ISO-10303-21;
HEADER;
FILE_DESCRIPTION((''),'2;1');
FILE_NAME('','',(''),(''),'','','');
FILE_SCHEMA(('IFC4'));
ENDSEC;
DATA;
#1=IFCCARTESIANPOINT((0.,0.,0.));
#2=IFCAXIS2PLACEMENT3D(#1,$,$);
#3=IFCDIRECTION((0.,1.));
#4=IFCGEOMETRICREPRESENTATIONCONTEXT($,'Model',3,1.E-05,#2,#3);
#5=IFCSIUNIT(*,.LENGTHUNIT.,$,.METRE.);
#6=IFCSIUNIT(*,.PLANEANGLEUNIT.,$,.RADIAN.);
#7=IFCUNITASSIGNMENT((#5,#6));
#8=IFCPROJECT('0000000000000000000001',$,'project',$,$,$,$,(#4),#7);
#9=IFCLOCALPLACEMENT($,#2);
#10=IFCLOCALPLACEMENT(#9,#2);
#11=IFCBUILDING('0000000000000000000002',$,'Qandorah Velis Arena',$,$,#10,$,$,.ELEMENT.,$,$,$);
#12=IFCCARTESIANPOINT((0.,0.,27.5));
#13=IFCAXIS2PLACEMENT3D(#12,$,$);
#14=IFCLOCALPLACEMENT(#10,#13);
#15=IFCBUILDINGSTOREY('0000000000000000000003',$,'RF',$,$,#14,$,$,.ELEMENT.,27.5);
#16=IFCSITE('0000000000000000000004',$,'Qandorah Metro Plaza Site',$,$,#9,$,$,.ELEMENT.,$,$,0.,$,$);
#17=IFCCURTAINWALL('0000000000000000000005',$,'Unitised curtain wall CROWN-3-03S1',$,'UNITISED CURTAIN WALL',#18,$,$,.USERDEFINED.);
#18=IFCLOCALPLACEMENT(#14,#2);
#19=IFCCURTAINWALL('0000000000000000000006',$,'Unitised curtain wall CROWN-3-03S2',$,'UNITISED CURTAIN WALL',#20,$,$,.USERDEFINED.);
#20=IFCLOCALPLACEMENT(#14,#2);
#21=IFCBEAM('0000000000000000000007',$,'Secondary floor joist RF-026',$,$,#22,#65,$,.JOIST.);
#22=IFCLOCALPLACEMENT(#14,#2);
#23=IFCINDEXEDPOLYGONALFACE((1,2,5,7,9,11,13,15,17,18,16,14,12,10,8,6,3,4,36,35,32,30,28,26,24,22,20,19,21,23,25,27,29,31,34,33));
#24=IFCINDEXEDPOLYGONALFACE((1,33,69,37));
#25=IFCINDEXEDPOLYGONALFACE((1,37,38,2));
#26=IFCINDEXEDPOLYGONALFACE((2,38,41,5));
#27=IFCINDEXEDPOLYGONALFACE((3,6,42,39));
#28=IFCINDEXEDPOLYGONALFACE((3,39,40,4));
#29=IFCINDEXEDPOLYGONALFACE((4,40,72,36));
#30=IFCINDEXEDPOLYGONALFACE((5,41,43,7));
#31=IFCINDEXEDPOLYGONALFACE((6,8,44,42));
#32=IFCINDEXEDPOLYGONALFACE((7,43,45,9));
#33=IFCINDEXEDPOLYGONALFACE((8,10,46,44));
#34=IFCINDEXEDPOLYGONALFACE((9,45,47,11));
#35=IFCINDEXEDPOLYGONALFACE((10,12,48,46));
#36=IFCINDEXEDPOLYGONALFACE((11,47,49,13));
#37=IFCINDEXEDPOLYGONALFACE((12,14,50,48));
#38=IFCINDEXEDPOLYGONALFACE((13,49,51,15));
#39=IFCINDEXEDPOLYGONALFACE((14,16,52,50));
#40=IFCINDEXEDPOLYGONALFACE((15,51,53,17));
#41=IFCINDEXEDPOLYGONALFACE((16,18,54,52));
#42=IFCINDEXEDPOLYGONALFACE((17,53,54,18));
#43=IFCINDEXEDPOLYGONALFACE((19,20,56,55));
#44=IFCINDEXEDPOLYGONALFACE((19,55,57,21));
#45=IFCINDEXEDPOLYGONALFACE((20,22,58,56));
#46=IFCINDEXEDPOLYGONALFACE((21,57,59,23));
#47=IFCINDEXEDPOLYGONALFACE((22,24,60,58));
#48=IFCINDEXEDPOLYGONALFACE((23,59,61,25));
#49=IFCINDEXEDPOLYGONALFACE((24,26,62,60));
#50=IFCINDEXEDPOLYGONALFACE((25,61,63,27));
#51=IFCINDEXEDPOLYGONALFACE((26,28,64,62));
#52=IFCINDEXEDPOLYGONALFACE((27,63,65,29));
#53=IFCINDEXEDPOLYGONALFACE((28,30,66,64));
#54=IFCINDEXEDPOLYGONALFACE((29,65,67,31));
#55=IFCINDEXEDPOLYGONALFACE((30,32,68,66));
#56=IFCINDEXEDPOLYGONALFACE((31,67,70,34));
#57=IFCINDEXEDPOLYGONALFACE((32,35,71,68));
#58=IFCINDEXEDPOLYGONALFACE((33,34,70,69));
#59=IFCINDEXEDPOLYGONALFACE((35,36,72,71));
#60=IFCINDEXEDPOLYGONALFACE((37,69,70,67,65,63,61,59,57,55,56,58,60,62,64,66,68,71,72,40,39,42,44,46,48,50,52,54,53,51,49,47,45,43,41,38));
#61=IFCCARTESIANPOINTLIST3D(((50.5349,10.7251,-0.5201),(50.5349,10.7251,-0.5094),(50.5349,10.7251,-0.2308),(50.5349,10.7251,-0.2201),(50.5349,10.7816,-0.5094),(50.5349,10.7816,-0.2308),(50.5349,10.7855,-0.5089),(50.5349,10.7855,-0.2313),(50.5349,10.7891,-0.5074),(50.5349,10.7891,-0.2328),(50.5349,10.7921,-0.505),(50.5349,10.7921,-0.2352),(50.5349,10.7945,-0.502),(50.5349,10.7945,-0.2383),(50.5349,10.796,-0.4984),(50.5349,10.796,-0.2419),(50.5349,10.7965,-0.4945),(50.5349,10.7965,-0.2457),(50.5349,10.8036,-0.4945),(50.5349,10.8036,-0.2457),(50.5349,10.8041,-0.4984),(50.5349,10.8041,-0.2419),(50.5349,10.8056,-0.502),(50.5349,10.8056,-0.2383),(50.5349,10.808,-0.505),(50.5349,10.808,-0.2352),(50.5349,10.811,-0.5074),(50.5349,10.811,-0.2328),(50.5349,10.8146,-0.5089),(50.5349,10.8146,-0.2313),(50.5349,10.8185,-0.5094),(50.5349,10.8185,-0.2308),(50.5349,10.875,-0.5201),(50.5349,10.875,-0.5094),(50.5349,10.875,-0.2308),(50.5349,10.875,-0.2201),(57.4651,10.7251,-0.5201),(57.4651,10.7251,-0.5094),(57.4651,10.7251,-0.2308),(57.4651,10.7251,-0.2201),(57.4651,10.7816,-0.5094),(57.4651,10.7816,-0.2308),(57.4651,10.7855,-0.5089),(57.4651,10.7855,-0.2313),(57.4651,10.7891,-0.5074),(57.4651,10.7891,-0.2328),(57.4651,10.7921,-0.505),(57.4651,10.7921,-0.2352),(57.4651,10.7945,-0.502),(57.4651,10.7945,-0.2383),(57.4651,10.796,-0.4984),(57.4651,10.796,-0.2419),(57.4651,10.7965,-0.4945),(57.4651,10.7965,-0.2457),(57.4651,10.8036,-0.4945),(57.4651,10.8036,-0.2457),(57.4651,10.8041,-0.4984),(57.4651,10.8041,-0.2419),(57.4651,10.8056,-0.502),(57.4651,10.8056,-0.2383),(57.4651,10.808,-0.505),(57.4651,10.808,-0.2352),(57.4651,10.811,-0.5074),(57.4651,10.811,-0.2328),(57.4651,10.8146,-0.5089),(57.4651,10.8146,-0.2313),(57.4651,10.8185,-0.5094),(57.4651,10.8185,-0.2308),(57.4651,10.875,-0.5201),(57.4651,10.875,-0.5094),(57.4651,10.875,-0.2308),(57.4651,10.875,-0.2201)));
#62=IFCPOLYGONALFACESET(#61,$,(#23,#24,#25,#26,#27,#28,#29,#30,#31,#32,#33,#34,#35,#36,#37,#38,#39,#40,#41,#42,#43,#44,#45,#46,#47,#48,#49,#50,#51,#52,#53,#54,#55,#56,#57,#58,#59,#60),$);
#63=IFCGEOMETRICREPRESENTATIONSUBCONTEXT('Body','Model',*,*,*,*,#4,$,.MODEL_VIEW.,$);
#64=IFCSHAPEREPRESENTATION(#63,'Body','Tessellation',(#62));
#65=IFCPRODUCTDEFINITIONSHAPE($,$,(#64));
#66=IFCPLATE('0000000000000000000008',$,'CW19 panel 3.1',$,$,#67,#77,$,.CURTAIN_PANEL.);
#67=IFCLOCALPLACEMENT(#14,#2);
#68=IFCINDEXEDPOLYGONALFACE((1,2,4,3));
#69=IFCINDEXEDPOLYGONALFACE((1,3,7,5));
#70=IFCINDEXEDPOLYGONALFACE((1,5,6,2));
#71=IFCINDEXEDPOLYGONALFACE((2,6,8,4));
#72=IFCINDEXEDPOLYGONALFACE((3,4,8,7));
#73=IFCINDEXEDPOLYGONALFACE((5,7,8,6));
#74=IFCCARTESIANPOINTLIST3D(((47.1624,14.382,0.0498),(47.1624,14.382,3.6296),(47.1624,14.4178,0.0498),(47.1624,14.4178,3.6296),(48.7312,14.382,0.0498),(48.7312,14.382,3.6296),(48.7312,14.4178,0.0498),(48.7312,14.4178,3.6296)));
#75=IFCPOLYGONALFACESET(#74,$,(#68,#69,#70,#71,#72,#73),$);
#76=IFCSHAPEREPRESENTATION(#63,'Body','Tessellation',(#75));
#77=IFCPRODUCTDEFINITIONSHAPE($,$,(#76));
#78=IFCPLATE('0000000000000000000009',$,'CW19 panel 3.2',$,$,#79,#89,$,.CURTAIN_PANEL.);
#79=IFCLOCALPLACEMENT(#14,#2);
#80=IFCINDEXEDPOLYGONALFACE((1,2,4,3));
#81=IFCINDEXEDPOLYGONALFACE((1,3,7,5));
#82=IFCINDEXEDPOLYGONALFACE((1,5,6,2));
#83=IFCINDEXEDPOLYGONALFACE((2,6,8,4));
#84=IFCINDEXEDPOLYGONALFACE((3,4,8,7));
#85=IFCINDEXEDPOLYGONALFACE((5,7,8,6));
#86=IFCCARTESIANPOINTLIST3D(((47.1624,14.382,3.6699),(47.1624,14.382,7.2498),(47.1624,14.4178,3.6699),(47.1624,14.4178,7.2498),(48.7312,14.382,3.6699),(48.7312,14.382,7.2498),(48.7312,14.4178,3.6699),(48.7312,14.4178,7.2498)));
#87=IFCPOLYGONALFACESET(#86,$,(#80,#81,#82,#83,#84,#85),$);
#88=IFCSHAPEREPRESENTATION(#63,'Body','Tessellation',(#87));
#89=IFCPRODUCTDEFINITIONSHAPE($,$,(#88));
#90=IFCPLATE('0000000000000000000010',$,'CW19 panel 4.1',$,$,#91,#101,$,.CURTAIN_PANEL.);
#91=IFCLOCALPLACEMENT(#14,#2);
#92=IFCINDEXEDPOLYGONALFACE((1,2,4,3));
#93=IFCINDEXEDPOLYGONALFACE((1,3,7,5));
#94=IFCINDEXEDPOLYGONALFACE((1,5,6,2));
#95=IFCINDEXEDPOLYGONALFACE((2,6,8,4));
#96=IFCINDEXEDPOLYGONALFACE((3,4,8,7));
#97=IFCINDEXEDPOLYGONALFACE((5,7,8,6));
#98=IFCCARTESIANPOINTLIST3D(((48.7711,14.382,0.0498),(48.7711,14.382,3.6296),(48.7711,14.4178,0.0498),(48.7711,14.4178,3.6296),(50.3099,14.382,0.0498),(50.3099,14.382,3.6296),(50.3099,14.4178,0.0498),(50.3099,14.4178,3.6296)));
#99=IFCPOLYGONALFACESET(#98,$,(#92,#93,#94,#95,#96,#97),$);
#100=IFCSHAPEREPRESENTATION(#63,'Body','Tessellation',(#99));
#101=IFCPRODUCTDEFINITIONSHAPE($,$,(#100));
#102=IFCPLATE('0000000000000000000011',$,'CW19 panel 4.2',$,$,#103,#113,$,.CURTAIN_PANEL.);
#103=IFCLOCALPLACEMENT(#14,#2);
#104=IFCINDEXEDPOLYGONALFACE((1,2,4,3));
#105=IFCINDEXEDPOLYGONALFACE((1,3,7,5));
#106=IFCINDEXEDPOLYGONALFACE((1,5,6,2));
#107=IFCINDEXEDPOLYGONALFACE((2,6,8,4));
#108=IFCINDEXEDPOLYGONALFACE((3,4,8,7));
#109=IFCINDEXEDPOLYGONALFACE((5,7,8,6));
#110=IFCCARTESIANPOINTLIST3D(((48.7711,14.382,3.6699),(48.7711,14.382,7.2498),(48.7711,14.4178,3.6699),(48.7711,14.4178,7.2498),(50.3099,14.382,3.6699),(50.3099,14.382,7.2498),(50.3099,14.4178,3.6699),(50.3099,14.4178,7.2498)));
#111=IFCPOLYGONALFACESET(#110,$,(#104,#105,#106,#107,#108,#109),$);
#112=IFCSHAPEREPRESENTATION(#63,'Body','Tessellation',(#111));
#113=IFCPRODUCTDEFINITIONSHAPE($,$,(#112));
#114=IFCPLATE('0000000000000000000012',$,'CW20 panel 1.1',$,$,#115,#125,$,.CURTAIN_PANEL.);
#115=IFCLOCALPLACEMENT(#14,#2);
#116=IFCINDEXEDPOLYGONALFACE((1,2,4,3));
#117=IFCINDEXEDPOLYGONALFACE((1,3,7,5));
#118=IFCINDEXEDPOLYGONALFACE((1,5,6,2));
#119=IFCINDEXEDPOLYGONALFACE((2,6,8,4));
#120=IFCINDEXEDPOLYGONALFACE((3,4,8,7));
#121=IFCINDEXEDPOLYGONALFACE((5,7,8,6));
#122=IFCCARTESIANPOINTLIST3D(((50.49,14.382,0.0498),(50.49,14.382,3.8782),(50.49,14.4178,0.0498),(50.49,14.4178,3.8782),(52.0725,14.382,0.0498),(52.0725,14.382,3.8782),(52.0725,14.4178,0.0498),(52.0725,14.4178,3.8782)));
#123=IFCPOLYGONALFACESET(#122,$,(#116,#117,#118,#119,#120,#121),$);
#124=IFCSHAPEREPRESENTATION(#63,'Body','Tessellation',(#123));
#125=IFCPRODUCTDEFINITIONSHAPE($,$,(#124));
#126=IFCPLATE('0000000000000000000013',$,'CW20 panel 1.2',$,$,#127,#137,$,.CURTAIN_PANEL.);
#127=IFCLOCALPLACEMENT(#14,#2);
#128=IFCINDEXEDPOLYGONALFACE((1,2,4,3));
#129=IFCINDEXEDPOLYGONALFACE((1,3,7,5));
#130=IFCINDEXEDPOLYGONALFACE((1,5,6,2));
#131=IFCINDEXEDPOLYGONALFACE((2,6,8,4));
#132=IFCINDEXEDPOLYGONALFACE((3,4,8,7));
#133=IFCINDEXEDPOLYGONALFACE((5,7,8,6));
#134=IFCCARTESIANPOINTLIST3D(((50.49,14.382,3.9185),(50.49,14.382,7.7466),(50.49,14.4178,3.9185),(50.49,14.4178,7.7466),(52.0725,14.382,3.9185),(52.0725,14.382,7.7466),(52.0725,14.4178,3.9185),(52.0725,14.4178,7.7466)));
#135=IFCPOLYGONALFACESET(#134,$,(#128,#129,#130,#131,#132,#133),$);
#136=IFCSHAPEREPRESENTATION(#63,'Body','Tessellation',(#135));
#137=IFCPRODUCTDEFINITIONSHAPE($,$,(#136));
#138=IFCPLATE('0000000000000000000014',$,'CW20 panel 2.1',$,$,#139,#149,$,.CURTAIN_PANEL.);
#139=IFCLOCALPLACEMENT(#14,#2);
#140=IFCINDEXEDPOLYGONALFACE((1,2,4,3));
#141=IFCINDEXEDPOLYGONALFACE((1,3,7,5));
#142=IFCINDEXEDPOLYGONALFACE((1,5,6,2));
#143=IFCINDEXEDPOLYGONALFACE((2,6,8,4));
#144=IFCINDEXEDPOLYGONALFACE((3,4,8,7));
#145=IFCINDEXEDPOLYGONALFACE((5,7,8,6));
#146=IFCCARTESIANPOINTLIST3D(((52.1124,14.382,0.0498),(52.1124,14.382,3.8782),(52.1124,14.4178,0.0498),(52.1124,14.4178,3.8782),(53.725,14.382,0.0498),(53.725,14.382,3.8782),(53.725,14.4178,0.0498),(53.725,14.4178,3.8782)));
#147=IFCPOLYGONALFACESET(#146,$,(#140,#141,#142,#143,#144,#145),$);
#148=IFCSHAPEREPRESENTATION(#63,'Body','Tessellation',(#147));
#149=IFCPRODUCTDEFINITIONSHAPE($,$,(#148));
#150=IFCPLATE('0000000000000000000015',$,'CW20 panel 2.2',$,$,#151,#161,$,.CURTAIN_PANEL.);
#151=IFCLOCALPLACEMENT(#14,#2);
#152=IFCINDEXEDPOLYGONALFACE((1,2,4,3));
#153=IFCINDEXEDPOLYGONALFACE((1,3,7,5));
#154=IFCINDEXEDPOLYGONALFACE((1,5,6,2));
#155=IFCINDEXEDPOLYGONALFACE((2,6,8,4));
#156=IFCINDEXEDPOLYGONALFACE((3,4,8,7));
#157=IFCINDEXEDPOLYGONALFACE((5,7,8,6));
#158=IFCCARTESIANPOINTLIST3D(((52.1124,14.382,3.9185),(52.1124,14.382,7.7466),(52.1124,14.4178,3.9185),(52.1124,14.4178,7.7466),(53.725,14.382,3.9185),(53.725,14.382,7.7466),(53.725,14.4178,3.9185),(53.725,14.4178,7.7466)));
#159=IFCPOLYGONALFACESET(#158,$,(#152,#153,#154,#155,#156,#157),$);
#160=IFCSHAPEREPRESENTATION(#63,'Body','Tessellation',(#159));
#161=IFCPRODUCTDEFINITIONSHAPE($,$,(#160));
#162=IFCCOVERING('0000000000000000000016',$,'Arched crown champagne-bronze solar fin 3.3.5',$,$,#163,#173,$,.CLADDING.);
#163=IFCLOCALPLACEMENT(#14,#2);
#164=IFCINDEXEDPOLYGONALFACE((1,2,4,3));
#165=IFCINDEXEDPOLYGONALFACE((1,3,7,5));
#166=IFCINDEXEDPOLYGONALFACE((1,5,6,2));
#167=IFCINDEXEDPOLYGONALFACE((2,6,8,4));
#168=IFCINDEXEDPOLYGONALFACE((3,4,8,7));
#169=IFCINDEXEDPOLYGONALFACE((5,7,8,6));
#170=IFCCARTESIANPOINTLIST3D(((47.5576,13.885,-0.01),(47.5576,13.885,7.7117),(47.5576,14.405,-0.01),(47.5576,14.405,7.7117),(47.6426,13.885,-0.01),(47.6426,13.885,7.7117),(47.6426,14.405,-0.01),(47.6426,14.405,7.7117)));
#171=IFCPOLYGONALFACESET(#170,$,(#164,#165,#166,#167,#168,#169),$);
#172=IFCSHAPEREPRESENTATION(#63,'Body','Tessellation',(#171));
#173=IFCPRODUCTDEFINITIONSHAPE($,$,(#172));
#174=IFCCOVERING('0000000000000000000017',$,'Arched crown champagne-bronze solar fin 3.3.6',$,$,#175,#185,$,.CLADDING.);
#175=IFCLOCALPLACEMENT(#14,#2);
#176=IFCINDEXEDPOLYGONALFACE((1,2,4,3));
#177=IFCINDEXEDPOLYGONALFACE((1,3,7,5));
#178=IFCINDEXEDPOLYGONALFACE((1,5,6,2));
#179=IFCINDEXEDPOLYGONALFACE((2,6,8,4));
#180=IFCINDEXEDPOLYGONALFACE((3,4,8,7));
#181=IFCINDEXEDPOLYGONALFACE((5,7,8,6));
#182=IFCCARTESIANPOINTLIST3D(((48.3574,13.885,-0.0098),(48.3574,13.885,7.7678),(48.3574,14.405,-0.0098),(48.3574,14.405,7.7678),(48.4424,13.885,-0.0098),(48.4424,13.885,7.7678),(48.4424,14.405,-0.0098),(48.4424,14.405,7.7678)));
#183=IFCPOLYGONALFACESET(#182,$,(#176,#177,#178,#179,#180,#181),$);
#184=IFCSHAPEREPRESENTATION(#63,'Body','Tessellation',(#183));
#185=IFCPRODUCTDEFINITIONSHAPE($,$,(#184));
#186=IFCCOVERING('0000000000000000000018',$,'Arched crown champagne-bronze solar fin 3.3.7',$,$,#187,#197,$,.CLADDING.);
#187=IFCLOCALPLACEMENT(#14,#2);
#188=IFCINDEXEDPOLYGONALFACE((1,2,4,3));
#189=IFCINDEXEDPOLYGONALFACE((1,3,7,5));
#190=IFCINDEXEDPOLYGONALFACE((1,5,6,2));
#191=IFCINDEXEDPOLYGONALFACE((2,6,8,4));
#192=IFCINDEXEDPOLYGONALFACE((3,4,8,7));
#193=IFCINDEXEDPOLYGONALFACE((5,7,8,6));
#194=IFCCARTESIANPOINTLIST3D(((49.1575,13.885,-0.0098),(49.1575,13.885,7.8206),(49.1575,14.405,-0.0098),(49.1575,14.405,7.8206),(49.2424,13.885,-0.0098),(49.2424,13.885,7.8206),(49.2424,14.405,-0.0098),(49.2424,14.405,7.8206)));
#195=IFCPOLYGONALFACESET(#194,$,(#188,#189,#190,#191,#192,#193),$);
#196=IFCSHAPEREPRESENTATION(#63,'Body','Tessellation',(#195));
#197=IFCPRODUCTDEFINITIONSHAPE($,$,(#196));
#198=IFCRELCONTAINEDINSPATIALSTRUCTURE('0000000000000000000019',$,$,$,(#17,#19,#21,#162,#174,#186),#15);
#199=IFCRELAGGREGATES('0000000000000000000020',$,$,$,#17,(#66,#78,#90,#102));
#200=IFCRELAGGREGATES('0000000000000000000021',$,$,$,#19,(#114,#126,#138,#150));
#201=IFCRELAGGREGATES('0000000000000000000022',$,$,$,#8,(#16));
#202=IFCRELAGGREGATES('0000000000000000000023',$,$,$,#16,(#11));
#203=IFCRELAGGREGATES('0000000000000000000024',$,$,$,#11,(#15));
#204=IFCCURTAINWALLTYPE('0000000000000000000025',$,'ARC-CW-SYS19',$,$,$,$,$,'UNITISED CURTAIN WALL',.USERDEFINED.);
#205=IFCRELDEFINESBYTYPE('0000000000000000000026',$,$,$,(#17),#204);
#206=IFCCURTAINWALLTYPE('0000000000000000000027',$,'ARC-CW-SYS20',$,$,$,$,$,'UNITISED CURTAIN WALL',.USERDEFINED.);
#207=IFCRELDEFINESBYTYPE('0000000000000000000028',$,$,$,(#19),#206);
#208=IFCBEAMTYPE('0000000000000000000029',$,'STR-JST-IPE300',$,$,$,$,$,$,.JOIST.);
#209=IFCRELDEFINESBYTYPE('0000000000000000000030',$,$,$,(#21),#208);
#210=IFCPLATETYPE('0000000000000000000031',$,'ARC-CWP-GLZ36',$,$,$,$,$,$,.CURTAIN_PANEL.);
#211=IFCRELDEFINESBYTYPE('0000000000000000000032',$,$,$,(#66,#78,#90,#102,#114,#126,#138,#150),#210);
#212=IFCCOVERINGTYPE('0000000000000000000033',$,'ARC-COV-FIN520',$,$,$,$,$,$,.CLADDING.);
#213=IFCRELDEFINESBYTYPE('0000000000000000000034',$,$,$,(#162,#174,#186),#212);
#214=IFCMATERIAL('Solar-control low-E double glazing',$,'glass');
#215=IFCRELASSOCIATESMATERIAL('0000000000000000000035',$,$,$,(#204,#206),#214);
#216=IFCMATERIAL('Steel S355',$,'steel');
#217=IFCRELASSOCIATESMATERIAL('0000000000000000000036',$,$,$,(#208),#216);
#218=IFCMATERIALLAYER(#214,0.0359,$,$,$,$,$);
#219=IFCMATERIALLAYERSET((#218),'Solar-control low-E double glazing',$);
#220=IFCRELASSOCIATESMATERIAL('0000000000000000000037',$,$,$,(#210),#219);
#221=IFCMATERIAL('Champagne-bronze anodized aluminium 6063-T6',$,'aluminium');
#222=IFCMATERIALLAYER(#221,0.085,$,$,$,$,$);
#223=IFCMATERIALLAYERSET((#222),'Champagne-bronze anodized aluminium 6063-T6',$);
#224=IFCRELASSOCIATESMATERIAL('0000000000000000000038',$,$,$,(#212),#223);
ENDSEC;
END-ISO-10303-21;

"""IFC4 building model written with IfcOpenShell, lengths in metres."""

from ifc_helpers import new_model, si_unit, direction, frame, origin, origin_2d, place, context, subcontext, project, spatial, rectangle, i_section, extrude, material, layer, layer_set, material_profile, profile_set, type_object, element, aggregate, save


model = new_model("IFC4")

# Units and contexts
model_context = context("Model", 3, precision=1e-05, world=origin(), true_north=direction((0.0, 1.0)))
body_context = subcontext(model_context, "Body", "Model", "MODEL_VIEW")
ifc_project = project(units=[si_unit("LENGTHUNIT", "METRE"), si_unit("PLANEANGLEUNIT", "RADIAN")], contexts=[model_context])

# Site, building, storey
site_placement = place(None, origin())
site = spatial("IfcSite", under=ifc_project, at=site_placement, Name="Qandorah Metro Plaza Site", CompositionType="ELEMENT", RefElevation=0.0)
building_placement = place(site_placement, origin())
building = spatial("IfcBuilding", under=site, at=building_placement, Name="Qandorah Velis Arena", CompositionType="ELEMENT")
storey_placement = place(building_placement, frame((0.0, 0.0, 27.5)))
storey = spatial("IfcBuildingStorey", under=building, at=storey_placement, Name="RF", CompositionType="ELEMENT", Elevation=27.5)

# Curtain walls
ifc_material_1 = material(Name="Solar-control low-E double glazing", Category="glass")
curtain_wall_type_1 = type_object("IfcCurtainWallType", Name="ARC-CW-SYS19", ElementType="UNITISED CURTAIN WALL", PredefinedType="USERDEFINED", material=ifc_material_1)
curtain_wall_1_placement = place(storey_placement, origin())
curtain_wall_1 = element("IfcCurtainWall", 1, at=curtain_wall_1_placement, inside=storey, type_object=curtain_wall_type_1, Name="Unitised curtain wall CROWN-3-03S1", ObjectType="UNITISED CURTAIN WALL", PredefinedType="USERDEFINED")
ifc_material_2 = material(Name="Champagne-bronze anodized aluminium 6063-T6", Category="aluminium")
curtain_wall_type_2 = type_object("IfcCurtainWallType", Name="ARC-CW-SYS20", ElementType="UNITISED CURTAIN WALL", PredefinedType="USERDEFINED", material=ifc_material_1)
curtain_wall_2_placement = place(storey_placement, origin())
curtain_wall_2 = element("IfcCurtainWall", 2, at=curtain_wall_2_placement, inside=storey, type_object=curtain_wall_type_2, Name="Unitised curtain wall CROWN-3-03S2", ObjectType="UNITISED CURTAIN WALL", PredefinedType="USERDEFINED")

# Beam
ifc_material_3 = material(Name="Steel S355", Category="steel")
ifc_material_profile_1 = material_profile(ifc_material_3, i_section(OverallWidth=0.1499, OverallDepth=0.3, WebThickness=0.0071, FlangeThickness=0.0107, FilletRadius=0.0149, at=origin_2d()), Name="IPE 300")
ifc_profile_set_1 = profile_set([ifc_material_profile_1], Name="Steel S355")
beam_type_1 = type_object("IfcBeamType", Name="STR-JST-IPE300", PredefinedType="JOIST", material=ifc_profile_set_1)
for number, where, z_axis, x_axis, name in (
    (3, (50.5349, 10.8, -0.3701), (1.0, 0.0, 0.0), (0.0, 1.0, 0.0), "Secondary floor joist RF-026"),
):
    element("IfcBeam", number, at=place(storey_placement, frame(where, z_axis=z_axis, x_axis=x_axis)), inside=storey, type_object=beam_type_1, Name=name, PredefinedType="JOIST", context=body_context, shape_type="SweptSolid", body=[
        extrude(i_section(OverallWidth=0.1499, OverallDepth=0.3, WebThickness=0.0071, FlangeThickness=0.0107, FilletRadius=0.0149, at=origin_2d()), origin(), (0.0, 0.0, 1.0), 6.9302),
    ])

# Plates
ifc_layer_1 = layer(ifc_material_1, 0.0359)
ifc_layer_set_1 = layer_set([ifc_layer_1], Name="Solar-control low-E double glazing")
plate_type = type_object("IfcPlateType", Name="ARC-CWP-GLZ36", PredefinedType="CURTAIN_PANEL", material=ifc_layer_set_1)
plate_1_placement = place(storey_placement, frame((47.9468, 14.3999, 0.0498), z_axis=(0.0, 0.0, 1.0), x_axis=(1.0, 0.0, 0.0)))
plate_1 = element("IfcPlate", 4, at=plate_1_placement, type_object=plate_type, Name="CW19 panel 3.1", PredefinedType="CURTAIN_PANEL", context=body_context, shape_type="SweptSolid", body=[
    extrude(rectangle(XDim=1.5688, YDim=0.0359, at=origin_2d()), origin(), (0.0, 0.0, 1.0), 3.5798),
])
plate_2_placement = place(storey_placement, frame((47.9468, 14.3999, 3.6699), z_axis=(0.0, 0.0, 1.0), x_axis=(1.0, 0.0, 0.0)))
plate_2 = element("IfcPlate", 5, at=plate_2_placement, type_object=plate_type, Name="CW19 panel 3.2", PredefinedType="CURTAIN_PANEL", context=body_context, shape_type="SweptSolid", body=[
    extrude(rectangle(XDim=1.5688, YDim=0.0359, at=origin_2d()), origin(), (0.0, 0.0, 1.0), 3.5798),
])
plate_3_placement = place(storey_placement, frame((49.5405, 14.3999, 0.0498), z_axis=(0.0, 0.0, 1.0), x_axis=(1.0, 0.0, 0.0)))
plate_3 = element("IfcPlate", 6, at=plate_3_placement, type_object=plate_type, Name="CW19 panel 4.1", PredefinedType="CURTAIN_PANEL", context=body_context, shape_type="SweptSolid", body=[
    extrude(rectangle(XDim=1.5388, YDim=0.0359, at=origin_2d()), origin(), (0.0, 0.0, 1.0), 3.5798),
])
plate_4_placement = place(storey_placement, frame((49.5405, 14.3999, 3.6699), z_axis=(0.0, 0.0, 1.0), x_axis=(1.0, 0.0, 0.0)))
plate_4 = element("IfcPlate", 7, at=plate_4_placement, type_object=plate_type, Name="CW19 panel 4.2", PredefinedType="CURTAIN_PANEL", context=body_context, shape_type="SweptSolid", body=[
    extrude(rectangle(XDim=1.5388, YDim=0.0359, at=origin_2d()), origin(), (0.0, 0.0, 1.0), 3.5798),
])
aggregate(curtain_wall_1, [plate_1, plate_2, plate_3, plate_4])
plate_5_placement = place(storey_placement, frame((51.2812, 14.3999, 0.0498), z_axis=(0.0, 0.0, 1.0), x_axis=(1.0, 0.0, 0.0)))
plate_5 = element("IfcPlate", 8, at=plate_5_placement, type_object=plate_type, Name="CW20 panel 1.1", PredefinedType="CURTAIN_PANEL", context=body_context, shape_type="SweptSolid", body=[
    extrude(rectangle(XDim=1.5825, YDim=0.0359, at=origin_2d()), origin(), (0.0, 0.0, 1.0), 3.8284),
])
plate_6_placement = place(storey_placement, frame((51.2812, 14.3999, 3.9185), z_axis=(0.0, 0.0, 1.0), x_axis=(1.0, 0.0, 0.0)))
plate_6 = element("IfcPlate", 9, at=plate_6_placement, type_object=plate_type, Name="CW20 panel 1.2", PredefinedType="CURTAIN_PANEL", context=body_context, shape_type="SweptSolid", body=[
    extrude(rectangle(XDim=1.5825, YDim=0.0359, at=origin_2d()), origin(), (0.0, 0.0, 1.0), 3.8281),
])
plate_7_placement = place(storey_placement, frame((52.9187, 14.3999, 0.0498), z_axis=(0.0, 0.0, 1.0), x_axis=(1.0, 0.0, 0.0)))
plate_7 = element("IfcPlate", 10, at=plate_7_placement, type_object=plate_type, Name="CW20 panel 2.1", PredefinedType="CURTAIN_PANEL", context=body_context, shape_type="SweptSolid", body=[
    extrude(rectangle(XDim=1.6125, YDim=0.0359, at=origin_2d()), origin(), (0.0, 0.0, 1.0), 3.8284),
])
plate_8_placement = place(storey_placement, frame((52.9187, 14.3999, 3.9185), z_axis=(0.0, 0.0, 1.0), x_axis=(1.0, 0.0, 0.0)))
plate_8 = element("IfcPlate", 11, at=plate_8_placement, type_object=plate_type, Name="CW20 panel 2.2", PredefinedType="CURTAIN_PANEL", context=body_context, shape_type="SweptSolid", body=[
    extrude(rectangle(XDim=1.6125, YDim=0.0359, at=origin_2d()), origin(), (0.0, 0.0, 1.0), 3.8281),
])
aggregate(curtain_wall_2, [plate_5, plate_6, plate_7, plate_8])

# Coverings
ifc_layer_2 = layer(ifc_material_2, 0.085)
ifc_layer_set_2 = layer_set([ifc_layer_2], Name="Champagne-bronze anodized aluminium 6063-T6")
covering_type = type_object("IfcCoveringType", Name="ARC-COV-FIN520", PredefinedType="CLADDING", material=ifc_layer_set_2)
covering_1_placement = place(storey_placement, frame((47.6001, 14.145, -0.01), z_axis=(0.0, 0.0, 1.0), x_axis=(1.0, 0.0, 0.0)))
element("IfcCovering", 12, at=covering_1_placement, inside=storey, type_object=covering_type, Name="Arched crown champagne-bronze solar fin 3.3.5", PredefinedType="CLADDING", context=body_context, shape_type="SweptSolid", body=[
    extrude(rectangle(XDim=0.085, YDim=0.52, at=origin_2d()), origin(), (0.0, 0.0, 1.0), 7.7217),
])
covering_2_placement = place(storey_placement, frame((48.3999, 14.145, -0.0098), z_axis=(0.0, 0.0, 1.0), x_axis=(1.0, 0.0, 0.0)))
element("IfcCovering", 13, at=covering_2_placement, inside=storey, type_object=covering_type, Name="Arched crown champagne-bronze solar fin 3.3.6", PredefinedType="CLADDING", context=body_context, shape_type="SweptSolid", body=[
    extrude(rectangle(XDim=0.085, YDim=0.52, at=origin_2d()), origin(), (0.0, 0.0, 1.0), 7.7776),
])
covering_3_placement = place(storey_placement, frame((49.2, 14.145, -0.0098), z_axis=(0.0, 0.0, 1.0), x_axis=(1.0, 0.0, 0.0)))
element("IfcCovering", 14, at=covering_3_placement, inside=storey, type_object=covering_type, Name="Arched crown champagne-bronze solar fin 3.3.7", PredefinedType="CLADDING", context=body_context, shape_type="SweptSolid", body=[
    extrude(rectangle(XDim=0.085, YDim=0.52, at=origin_2d()), origin(), (0.0, 0.0, 1.0), 7.8303),
])

save(model, "model.ifc")
